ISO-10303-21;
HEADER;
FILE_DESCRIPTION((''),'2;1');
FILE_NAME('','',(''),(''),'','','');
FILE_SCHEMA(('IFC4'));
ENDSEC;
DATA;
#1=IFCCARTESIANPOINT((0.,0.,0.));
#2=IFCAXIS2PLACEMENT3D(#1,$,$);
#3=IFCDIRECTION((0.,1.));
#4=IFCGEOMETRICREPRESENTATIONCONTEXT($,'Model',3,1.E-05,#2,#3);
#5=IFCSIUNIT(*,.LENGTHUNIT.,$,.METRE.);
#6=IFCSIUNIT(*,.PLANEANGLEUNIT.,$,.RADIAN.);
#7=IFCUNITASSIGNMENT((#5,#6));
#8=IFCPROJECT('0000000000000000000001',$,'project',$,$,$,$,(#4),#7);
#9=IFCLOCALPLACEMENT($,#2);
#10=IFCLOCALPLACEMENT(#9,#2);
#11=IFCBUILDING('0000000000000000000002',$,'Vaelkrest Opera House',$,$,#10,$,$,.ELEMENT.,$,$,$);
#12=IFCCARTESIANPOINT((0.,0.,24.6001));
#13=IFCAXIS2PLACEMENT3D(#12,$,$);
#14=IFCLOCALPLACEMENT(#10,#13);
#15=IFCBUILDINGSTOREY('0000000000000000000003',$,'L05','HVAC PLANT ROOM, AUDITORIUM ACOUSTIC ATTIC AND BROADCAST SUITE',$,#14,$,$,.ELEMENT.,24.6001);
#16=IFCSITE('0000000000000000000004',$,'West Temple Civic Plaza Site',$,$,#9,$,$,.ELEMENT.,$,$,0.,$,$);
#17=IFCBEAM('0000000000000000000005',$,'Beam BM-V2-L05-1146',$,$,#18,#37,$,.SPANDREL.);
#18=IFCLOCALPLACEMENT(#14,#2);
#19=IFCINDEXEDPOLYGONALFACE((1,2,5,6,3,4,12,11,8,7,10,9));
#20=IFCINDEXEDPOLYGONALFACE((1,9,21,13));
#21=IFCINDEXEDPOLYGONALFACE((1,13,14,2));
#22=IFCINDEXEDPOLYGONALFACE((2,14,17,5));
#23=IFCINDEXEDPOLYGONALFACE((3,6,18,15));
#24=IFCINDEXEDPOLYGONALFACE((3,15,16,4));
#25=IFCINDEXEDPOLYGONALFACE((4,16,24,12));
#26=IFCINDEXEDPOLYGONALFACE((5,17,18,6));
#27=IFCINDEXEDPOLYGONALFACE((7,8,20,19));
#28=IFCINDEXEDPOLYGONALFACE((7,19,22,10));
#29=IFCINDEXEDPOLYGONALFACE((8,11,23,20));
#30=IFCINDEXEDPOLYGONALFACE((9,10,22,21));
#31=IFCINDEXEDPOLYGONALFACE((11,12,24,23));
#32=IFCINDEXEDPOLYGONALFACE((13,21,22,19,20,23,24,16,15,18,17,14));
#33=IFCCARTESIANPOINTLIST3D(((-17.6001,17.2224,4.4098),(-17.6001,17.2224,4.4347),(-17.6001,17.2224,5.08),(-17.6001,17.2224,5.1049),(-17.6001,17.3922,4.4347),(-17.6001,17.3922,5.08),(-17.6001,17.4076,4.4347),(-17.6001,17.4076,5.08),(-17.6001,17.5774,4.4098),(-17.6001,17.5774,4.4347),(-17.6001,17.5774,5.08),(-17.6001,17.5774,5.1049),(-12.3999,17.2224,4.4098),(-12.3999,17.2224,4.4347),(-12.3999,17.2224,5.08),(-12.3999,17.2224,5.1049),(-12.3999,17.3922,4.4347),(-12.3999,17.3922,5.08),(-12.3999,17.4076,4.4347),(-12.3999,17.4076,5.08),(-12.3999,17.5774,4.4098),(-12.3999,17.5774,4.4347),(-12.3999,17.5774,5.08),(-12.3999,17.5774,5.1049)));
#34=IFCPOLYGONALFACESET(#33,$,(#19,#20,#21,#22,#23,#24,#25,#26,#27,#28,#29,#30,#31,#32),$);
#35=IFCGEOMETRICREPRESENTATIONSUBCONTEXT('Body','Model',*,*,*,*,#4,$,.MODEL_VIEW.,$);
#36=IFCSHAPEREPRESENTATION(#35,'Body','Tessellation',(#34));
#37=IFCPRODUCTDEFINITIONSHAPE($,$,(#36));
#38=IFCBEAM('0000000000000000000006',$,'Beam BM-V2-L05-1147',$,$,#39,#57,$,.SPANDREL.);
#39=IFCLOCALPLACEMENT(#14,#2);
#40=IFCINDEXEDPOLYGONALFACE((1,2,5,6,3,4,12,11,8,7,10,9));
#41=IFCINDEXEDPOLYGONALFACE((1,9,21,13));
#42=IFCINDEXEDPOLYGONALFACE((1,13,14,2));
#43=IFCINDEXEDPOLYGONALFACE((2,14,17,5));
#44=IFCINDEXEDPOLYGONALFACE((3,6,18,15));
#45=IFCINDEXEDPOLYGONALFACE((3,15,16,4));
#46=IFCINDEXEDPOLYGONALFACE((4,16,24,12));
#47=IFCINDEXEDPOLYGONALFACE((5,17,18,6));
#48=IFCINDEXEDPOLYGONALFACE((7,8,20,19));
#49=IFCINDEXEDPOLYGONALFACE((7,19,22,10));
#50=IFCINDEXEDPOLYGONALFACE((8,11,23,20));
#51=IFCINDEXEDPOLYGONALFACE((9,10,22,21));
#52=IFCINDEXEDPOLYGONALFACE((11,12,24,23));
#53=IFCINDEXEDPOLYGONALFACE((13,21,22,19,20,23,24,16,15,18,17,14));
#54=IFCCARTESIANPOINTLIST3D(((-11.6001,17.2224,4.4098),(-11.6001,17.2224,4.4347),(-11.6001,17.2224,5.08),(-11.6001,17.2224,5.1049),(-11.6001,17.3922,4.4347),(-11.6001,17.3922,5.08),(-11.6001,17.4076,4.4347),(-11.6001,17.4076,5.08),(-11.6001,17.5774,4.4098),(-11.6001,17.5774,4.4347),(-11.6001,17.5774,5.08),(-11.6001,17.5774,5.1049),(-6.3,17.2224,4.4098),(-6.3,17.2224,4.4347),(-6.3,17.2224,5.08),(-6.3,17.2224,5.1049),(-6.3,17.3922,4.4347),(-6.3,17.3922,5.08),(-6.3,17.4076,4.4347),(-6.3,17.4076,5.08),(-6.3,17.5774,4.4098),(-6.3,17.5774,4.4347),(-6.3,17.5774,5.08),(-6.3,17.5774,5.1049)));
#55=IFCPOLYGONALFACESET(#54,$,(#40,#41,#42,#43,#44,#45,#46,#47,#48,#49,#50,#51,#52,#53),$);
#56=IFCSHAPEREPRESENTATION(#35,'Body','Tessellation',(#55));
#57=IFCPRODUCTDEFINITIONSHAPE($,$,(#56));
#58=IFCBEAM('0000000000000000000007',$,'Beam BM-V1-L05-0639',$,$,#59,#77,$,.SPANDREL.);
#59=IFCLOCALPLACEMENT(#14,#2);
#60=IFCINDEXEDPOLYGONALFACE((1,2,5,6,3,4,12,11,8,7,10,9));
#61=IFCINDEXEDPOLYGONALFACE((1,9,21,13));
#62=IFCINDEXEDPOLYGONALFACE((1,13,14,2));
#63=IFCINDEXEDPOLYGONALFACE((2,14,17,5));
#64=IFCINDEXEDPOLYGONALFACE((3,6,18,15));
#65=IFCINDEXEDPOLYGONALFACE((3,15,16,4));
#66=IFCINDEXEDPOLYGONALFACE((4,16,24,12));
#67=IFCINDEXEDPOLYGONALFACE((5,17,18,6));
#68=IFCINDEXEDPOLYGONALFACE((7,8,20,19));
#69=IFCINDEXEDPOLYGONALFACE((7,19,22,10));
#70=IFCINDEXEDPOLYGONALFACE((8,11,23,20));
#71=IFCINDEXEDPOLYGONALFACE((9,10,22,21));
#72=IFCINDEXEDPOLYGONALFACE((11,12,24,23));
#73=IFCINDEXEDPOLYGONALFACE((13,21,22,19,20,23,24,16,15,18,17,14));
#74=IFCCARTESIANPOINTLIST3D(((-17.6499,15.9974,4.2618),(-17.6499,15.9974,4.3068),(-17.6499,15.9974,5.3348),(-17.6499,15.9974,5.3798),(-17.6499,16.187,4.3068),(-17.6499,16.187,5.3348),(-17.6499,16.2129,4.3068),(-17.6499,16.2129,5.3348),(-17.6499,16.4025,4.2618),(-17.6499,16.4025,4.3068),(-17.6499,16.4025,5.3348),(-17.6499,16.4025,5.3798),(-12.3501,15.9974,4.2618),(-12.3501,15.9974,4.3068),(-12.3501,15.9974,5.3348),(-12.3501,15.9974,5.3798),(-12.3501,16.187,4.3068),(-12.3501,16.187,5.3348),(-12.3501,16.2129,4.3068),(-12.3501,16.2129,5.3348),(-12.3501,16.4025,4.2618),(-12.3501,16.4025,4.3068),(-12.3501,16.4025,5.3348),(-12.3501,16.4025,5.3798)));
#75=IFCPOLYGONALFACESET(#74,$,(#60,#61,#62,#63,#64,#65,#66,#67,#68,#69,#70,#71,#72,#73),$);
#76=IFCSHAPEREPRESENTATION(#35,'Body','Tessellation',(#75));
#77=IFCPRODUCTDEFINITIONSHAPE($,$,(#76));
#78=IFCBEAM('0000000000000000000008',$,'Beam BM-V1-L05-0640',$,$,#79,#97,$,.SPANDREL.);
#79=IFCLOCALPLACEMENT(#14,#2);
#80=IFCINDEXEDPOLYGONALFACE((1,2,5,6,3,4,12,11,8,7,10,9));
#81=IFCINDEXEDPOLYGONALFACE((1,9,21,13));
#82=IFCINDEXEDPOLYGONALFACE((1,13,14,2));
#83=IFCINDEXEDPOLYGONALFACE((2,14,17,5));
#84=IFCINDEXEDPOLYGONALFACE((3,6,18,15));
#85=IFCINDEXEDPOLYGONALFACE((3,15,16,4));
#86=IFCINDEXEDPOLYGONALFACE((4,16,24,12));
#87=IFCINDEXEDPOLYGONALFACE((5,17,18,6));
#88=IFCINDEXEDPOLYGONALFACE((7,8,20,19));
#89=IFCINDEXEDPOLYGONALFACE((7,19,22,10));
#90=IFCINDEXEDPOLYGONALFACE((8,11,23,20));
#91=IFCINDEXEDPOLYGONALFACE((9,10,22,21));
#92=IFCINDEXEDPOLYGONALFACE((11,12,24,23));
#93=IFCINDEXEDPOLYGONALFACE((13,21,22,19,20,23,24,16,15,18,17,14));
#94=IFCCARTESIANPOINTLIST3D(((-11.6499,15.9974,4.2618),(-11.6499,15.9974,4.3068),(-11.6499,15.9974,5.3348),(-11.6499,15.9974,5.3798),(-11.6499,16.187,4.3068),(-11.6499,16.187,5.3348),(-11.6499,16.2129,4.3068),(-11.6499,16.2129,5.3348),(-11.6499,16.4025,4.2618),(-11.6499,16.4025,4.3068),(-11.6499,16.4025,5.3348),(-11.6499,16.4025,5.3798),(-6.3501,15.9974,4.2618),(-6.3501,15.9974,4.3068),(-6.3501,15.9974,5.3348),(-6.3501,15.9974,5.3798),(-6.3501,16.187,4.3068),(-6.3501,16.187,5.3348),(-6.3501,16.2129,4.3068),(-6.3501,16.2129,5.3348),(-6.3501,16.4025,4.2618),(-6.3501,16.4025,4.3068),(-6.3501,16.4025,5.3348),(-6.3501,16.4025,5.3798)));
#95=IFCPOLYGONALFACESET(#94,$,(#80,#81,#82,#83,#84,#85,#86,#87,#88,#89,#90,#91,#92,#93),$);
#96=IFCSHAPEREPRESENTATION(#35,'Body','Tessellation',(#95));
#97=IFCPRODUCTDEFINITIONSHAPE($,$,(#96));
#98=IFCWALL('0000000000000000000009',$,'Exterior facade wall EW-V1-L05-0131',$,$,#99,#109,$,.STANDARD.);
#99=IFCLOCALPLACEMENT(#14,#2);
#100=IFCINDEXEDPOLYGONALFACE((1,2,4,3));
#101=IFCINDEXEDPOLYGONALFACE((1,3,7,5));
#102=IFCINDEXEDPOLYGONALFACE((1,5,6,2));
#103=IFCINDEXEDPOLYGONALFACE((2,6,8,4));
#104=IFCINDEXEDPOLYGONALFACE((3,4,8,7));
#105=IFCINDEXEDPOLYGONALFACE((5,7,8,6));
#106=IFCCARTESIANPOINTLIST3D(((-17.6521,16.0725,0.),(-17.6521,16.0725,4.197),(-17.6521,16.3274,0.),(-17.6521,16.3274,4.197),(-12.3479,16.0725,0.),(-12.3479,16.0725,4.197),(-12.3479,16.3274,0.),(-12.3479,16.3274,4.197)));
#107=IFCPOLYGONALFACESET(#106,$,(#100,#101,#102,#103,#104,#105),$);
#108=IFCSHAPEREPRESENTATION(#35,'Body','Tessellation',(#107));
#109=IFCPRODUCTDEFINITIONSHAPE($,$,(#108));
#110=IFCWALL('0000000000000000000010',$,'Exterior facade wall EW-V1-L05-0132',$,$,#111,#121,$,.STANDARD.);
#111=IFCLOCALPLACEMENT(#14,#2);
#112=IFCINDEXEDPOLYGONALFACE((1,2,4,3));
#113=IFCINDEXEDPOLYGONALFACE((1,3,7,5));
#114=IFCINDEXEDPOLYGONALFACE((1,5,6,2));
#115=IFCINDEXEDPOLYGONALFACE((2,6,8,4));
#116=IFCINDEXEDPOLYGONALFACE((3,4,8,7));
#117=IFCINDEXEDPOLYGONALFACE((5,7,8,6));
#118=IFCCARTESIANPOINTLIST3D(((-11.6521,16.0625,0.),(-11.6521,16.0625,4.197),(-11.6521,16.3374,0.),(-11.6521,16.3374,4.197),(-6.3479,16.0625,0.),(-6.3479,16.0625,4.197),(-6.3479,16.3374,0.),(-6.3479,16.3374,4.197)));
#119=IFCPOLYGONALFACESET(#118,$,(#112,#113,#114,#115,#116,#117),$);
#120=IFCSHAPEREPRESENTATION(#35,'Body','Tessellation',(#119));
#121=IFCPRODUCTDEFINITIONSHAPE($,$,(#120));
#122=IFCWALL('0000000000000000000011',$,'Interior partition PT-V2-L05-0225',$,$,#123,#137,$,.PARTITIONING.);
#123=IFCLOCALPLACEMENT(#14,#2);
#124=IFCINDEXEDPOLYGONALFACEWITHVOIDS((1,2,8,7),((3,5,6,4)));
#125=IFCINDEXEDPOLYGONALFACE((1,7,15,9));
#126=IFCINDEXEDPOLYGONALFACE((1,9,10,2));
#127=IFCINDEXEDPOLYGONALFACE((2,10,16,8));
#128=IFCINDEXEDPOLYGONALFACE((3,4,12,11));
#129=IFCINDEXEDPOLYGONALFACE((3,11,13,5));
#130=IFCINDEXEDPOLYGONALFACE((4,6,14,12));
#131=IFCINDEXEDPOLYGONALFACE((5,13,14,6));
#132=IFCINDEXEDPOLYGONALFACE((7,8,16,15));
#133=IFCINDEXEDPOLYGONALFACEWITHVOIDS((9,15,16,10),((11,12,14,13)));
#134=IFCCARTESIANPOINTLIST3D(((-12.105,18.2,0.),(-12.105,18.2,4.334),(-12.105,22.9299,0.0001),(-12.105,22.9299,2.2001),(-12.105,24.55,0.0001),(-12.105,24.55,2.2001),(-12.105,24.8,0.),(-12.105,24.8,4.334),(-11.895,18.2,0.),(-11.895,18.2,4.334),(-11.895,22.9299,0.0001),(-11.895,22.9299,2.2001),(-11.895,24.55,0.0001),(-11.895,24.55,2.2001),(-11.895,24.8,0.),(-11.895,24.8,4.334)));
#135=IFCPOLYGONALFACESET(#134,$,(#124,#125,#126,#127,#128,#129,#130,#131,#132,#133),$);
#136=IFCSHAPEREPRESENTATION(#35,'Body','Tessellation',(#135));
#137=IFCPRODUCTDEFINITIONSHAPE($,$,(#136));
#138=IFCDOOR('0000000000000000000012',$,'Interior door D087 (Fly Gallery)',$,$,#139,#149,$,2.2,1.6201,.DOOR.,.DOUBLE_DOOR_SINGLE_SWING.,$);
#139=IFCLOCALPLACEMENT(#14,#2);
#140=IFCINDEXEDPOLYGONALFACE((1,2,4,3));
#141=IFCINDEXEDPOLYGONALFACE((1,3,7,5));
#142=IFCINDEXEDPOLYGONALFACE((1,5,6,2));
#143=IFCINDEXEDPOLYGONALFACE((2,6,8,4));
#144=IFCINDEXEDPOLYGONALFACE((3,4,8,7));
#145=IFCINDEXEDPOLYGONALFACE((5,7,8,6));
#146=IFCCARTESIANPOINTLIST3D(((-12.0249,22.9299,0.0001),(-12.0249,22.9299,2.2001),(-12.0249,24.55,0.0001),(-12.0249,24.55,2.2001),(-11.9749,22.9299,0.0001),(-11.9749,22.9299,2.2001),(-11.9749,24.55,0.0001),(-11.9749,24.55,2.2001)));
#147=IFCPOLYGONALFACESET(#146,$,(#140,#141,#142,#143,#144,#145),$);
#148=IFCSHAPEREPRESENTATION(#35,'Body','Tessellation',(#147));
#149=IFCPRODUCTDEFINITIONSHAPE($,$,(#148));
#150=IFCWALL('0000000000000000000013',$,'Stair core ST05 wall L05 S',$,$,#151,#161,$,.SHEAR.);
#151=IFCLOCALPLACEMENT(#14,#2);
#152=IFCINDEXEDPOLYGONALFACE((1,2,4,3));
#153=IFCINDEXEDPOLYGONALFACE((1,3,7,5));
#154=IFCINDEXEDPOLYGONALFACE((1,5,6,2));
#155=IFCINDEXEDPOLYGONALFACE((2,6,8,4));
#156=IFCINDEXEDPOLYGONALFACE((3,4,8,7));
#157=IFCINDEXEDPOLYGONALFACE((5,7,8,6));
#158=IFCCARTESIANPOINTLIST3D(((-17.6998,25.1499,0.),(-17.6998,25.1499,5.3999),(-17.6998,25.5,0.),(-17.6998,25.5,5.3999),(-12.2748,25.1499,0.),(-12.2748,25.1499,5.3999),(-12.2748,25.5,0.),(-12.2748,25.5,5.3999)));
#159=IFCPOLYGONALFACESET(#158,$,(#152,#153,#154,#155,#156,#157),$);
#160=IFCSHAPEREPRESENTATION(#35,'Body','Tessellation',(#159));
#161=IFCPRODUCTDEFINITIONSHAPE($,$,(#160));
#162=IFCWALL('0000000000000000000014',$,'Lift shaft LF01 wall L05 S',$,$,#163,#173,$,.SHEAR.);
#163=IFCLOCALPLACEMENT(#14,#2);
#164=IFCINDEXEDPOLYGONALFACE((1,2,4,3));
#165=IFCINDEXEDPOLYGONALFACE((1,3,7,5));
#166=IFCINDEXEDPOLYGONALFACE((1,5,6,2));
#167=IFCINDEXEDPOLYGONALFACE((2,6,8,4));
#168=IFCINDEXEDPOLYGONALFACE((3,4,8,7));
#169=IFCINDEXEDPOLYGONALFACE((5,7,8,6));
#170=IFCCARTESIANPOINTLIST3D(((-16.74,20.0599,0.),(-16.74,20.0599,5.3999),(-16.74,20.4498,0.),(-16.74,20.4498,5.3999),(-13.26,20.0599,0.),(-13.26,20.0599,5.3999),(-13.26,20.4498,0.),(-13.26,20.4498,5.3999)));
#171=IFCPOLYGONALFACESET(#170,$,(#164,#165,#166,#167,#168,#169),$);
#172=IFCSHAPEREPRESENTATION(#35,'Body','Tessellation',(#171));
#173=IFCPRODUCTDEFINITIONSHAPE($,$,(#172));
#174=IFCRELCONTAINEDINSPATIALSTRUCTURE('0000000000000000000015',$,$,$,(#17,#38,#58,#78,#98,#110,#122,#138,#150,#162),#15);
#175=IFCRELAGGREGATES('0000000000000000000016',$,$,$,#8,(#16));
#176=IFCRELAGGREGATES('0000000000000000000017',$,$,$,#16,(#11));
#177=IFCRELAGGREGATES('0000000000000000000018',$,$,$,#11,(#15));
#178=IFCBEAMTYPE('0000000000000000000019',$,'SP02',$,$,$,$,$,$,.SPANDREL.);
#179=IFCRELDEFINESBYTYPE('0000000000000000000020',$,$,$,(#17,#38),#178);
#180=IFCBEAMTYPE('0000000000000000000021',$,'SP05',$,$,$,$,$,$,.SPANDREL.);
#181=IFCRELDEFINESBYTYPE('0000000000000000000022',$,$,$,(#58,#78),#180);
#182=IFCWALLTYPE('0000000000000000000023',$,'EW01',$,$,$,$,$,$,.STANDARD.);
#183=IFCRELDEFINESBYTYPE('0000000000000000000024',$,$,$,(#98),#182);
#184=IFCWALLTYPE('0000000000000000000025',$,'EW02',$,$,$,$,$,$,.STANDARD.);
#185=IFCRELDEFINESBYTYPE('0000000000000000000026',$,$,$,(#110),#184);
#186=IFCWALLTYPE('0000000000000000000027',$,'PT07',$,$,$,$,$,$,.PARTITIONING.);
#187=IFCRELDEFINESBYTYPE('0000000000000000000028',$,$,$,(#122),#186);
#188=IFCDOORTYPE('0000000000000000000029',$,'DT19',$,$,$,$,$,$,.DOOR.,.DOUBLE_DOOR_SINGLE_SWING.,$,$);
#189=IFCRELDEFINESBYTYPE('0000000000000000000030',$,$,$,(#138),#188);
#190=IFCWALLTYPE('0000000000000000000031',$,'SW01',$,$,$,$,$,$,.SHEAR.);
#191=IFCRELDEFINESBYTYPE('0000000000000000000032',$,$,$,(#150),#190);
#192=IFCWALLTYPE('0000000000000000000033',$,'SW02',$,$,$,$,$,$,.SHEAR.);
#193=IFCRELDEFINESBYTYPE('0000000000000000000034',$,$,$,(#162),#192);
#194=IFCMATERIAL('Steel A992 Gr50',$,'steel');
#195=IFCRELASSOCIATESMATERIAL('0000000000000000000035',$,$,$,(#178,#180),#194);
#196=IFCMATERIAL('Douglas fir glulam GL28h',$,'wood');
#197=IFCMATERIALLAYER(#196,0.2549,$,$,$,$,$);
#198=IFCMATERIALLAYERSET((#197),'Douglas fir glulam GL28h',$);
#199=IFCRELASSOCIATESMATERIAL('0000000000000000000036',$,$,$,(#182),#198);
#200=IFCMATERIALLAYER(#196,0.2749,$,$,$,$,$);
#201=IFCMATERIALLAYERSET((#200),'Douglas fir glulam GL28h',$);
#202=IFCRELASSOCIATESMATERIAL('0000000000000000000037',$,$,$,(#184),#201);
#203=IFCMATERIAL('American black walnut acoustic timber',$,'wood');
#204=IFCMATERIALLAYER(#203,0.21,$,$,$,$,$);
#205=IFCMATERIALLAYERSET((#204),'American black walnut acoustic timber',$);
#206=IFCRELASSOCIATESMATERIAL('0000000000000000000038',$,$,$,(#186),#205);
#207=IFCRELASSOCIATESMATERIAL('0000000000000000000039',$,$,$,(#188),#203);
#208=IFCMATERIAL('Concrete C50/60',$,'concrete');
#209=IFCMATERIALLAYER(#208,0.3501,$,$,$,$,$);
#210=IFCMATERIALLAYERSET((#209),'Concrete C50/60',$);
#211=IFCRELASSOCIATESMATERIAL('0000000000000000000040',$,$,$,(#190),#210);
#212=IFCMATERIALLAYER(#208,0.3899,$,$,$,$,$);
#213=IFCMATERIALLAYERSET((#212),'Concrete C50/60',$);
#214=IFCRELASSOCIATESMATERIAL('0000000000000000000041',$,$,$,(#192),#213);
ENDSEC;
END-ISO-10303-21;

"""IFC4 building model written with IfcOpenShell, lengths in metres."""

from ifc_helpers import new_model, si_unit, direction, frame, frame_2d, origin, origin_2d, place, context, subcontext, project, spatial, rectangle, i_section, extrude, material, layer, layer_set, material_profile, profile_set, type_object, element, fill, save


model = new_model("IFC4")

# Units and contexts
model_context = context("Model", 3, precision=1e-05, world=origin(), true_north=direction((0.0, 1.0)))
body_context = subcontext(model_context, "Body", "Model", "MODEL_VIEW")
ifc_project = project(units=[si_unit("LENGTHUNIT", "METRE"), si_unit("PLANEANGLEUNIT", "RADIAN")], contexts=[model_context])

# Site, building, storey
site_placement = place(None, origin())
site = spatial("IfcSite", under=ifc_project, at=site_placement, Name="West Temple Civic Plaza Site", CompositionType="ELEMENT", RefElevation=0.0)
building_placement = place(site_placement, origin())
building = spatial("IfcBuilding", under=site, at=building_placement, Name="Vaelkrest Opera House", CompositionType="ELEMENT")
storey_placement = place(building_placement, frame((0.0, 0.0, 24.6001)))
storey = spatial("IfcBuildingStorey", under=building, at=storey_placement, Name="L05", Description="HVAC PLANT ROOM, AUDITORIUM ACOUSTIC ATTIC AND BROADCAST SUITE", CompositionType="ELEMENT", Elevation=24.6001)

# Shared definitions
ifc_material_1 = material(Name="Concrete C50/60", Category="concrete")

# Beams
ifc_material_2 = material(Name="Steel A992 Gr50", Category="steel")
ifc_material_profile_1 = material_profile(ifc_material_2, i_section(OverallWidth=0.355, OverallDepth=0.6951, WebThickness=0.0154, FlangeThickness=0.0249, at=origin_2d()), Name="W27X146")
ifc_profile_set_1 = profile_set([ifc_material_profile_1], Name="Steel A992 Gr50")
beam_type_1 = type_object("IfcBeamType", Name="SP02", PredefinedType="SPANDREL", material=ifc_profile_set_1)
beam_1_placement = place(storey_placement, frame((-17.6001, 17.3999, 4.7573), z_axis=(1.0, 0.0, 0.0), x_axis=(0.0, 1.0, 0.0)))
element("IfcBeam", 1, at=beam_1_placement, inside=storey, type_object=beam_type_1, Name="Beam BM-V2-L05-1146", PredefinedType="SPANDREL", context=body_context, shape_type="SweptSolid", body=[
    extrude(i_section(OverallWidth=0.355, OverallDepth=0.6951, WebThickness=0.0154, FlangeThickness=0.0249, at=origin_2d()), origin(), (0.0, 0.0, 1.0), 5.2002),
])
beam_2_placement = place(storey_placement, frame((-11.6001, 17.3999, 4.7573), z_axis=(1.0, 0.0, 0.0), x_axis=(0.0, 1.0, 0.0)))
element("IfcBeam", 2, at=beam_2_placement, inside=storey, type_object=beam_type_1, Name="Beam BM-V2-L05-1147", PredefinedType="SPANDREL", context=body_context, shape_type="SweptSolid", body=[
    extrude(i_section(OverallWidth=0.355, OverallDepth=0.6951, WebThickness=0.0154, FlangeThickness=0.0249, at=origin_2d()), origin(), (0.0, 0.0, 1.0), 5.3),
])
ifc_material_profile_2 = material_profile(ifc_material_2, i_section(OverallWidth=0.405, OverallDepth=1.1179, WebThickness=0.0259, FlangeThickness=0.0449, at=origin_2d()), Name="W44X335")
ifc_profile_set_2 = profile_set([ifc_material_profile_2], Name="Steel A992 Gr50")
beam_type_2 = type_object("IfcBeamType", Name="SP05", PredefinedType="SPANDREL", material=ifc_profile_set_2)
for number, where, z_axis, x_axis, name in (
    (3, (-17.6499, 16.2, 4.8208), (1.0, 0.0, 0.0), (0.0, 1.0, 0.0), "Beam BM-V1-L05-0639"),
    (4, (-11.6499, 16.2, 4.8208), (1.0, 0.0, 0.0), (0.0, 1.0, 0.0), "Beam BM-V1-L05-0640"),
):
    element("IfcBeam", number, at=place(storey_placement, frame(where, z_axis=z_axis, x_axis=x_axis)), inside=storey, type_object=beam_type_2, Name=name, PredefinedType="SPANDREL", context=body_context, shape_type="SweptSolid", body=[
        extrude(i_section(OverallWidth=0.405, OverallDepth=1.1179, WebThickness=0.0259, FlangeThickness=0.0449, at=origin_2d()), origin(), (0.0, 0.0, 1.0), 5.2998),
    ])

# Walls
ifc_material_3 = material(Name="Douglas fir glulam GL28h", Category="wood")
ifc_layer_1 = layer(ifc_material_3, 0.2549)
ifc_layer_set_1 = layer_set([ifc_layer_1], Name="Douglas fir glulam GL28h")
wall_type_1 = type_object("IfcWallType", Name="EW01", PredefinedType="STANDARD", material=ifc_layer_set_1)
wall_1_placement = place(storey_placement, frame((-17.6521, 16.2, 0.0), z_axis=(0.0, 0.0, 1.0), x_axis=(1.0, 0.0, 0.0)))
element("IfcWall", 5, at=wall_1_placement, inside=storey, type_object=wall_type_1, Name="Exterior facade wall EW-V1-L05-0131", PredefinedType="STANDARD", context=body_context, shape_type="SweptSolid", body=[
    extrude(rectangle(XDim=5.3042, YDim=0.2549, at=frame_2d((2.6521, 0.0))), origin(), (0.0, 0.0, 1.0), 4.197),
])
ifc_layer_2 = layer(ifc_material_3, 0.2749)
ifc_layer_set_2 = layer_set([ifc_layer_2], Name="Douglas fir glulam GL28h")
wall_type_2 = type_object("IfcWallType", Name="EW02", PredefinedType="STANDARD", material=ifc_layer_set_2)
wall_2_placement = place(storey_placement, frame((-11.6521, 16.2, 0.0), z_axis=(0.0, 0.0, 1.0), x_axis=(1.0, 0.0, 0.0)))
element("IfcWall", 6, at=wall_2_placement, inside=storey, type_object=wall_type_2, Name="Exterior facade wall EW-V1-L05-0132", PredefinedType="STANDARD", context=body_context, shape_type="SweptSolid", body=[
    extrude(rectangle(XDim=5.3042, YDim=0.2749, at=frame_2d((2.6521, 0.0))), origin(), (0.0, 0.0, 1.0), 4.197),
])

# Wall, opening, door
ifc_material_4 = material(Name="American black walnut acoustic timber", Category="wood")
ifc_layer_3 = layer(ifc_material_4, 0.21)
ifc_layer_set_3 = layer_set([ifc_layer_3], Name="American black walnut acoustic timber")
wall_type_3 = type_object("IfcWallType", Name="PT07", PredefinedType="PARTITIONING", material=ifc_layer_set_3)
wall_3_placement = place(storey_placement, frame((-12.0, 18.2, 0.0), z_axis=(0.0, 0.0, 1.0), x_axis=(0.0, 1.0, 0.0)))
wall_3 = element("IfcWall", 7, at=wall_3_placement, inside=storey, type_object=wall_type_3, Name="Interior partition PT-V2-L05-0225", PredefinedType="PARTITIONING", context=body_context, shape_type="SweptSolid", body=[
    extrude(rectangle(XDim=6.6001, YDim=0.21, at=frame_2d((3.3, 0.0))), origin(), (0.0, 0.0, 1.0), 4.334),
])
opening_1_placement = place(wall_3_placement, frame((4.73, 0.0, 0.0)))
opening_1 = element("IfcOpeningElement", 8, at=opening_1_placement, cuts=wall_3, PredefinedType="OPENING", context=body_context, shape_type="SweptSolid", body=[
    extrude(rectangle(XDim=1.6201, YDim=2.2, at=frame_2d((0.8101, 1.1001))), frame((0.0, 0.115, 0.0), z_axis=(0.0, -1.0, 0.0), x_axis=(1.0, 0.0, 0.0)), (0.0, 0.0, 1.0), 0.23),
])
door_type_1 = type_object("IfcDoorType", Name="DT19", OperationType="DOUBLE_DOOR_SINGLE_SWING", PredefinedType="DOOR", material=ifc_material_4)
door_1_placement = place(opening_1_placement, origin())
door_1 = element("IfcDoor", 9, at=door_1_placement, inside=storey, type_object=door_type_1, Name="Interior door D087 (Fly Gallery)", OperationType="DOUBLE_DOOR_SINGLE_SWING", OverallHeight=2.2, OverallWidth=1.6201, PredefinedType="DOOR", context=body_context, shape_type="SweptSolid", body=[
    extrude(rectangle(XDim=1.6201, YDim=2.2, at=frame_2d((0.8101, 1.1001))), frame((0.0, 0.0249, 0.0), z_axis=(0.0, -1.0, 0.0), x_axis=(1.0, 0.0, 0.0)), (0.0, 0.0, 1.0), 0.05),
])
fill(opening_1, door_1)

# Walls
ifc_layer_4 = layer(ifc_material_1, 0.3501)
ifc_layer_set_4 = layer_set([ifc_layer_4], Name="Concrete C50/60")
wall_type_4 = type_object("IfcWallType", Name="SW01", PredefinedType="SHEAR", material=ifc_layer_set_4)
wall_4_placement = place(storey_placement, frame((-12.2749, 25.325, 0.0), z_axis=(0.0, 0.0, 1.0), x_axis=(-1.0, 0.0, 0.0)))
element("IfcWall", 10, at=wall_4_placement, inside=storey, type_object=wall_type_4, Name="Stair core ST05 wall L05 S", PredefinedType="SHEAR", context=body_context, shape_type="SweptSolid", body=[
    extrude(rectangle(XDim=5.425, YDim=0.3501, at=frame_2d((2.7124, 0.0))), origin(), (0.0, 0.0, 1.0), 5.3999),
])
ifc_layer_5 = layer(ifc_material_1, 0.3899)
ifc_layer_set_5 = layer_set([ifc_layer_5], Name="Concrete C50/60")
wall_type_5 = type_object("IfcWallType", Name="SW02", PredefinedType="SHEAR", material=ifc_layer_set_5)
wall_5_placement = place(storey_placement, frame((-13.26, 20.2549, 0.0), z_axis=(0.0, 0.0, 1.0), x_axis=(-1.0, 0.0, 0.0)))
element("IfcWall", 11, at=wall_5_placement, inside=storey, type_object=wall_type_5, Name="Lift shaft LF01 wall L05 S", PredefinedType="SHEAR", context=body_context, shape_type="SweptSolid", body=[
    extrude(rectangle(XDim=3.48, YDim=0.3899, at=frame_2d((1.74, 0.0))), origin(), (0.0, 0.0, 1.0), 5.3999),
])

save(model, "model.ifc")
